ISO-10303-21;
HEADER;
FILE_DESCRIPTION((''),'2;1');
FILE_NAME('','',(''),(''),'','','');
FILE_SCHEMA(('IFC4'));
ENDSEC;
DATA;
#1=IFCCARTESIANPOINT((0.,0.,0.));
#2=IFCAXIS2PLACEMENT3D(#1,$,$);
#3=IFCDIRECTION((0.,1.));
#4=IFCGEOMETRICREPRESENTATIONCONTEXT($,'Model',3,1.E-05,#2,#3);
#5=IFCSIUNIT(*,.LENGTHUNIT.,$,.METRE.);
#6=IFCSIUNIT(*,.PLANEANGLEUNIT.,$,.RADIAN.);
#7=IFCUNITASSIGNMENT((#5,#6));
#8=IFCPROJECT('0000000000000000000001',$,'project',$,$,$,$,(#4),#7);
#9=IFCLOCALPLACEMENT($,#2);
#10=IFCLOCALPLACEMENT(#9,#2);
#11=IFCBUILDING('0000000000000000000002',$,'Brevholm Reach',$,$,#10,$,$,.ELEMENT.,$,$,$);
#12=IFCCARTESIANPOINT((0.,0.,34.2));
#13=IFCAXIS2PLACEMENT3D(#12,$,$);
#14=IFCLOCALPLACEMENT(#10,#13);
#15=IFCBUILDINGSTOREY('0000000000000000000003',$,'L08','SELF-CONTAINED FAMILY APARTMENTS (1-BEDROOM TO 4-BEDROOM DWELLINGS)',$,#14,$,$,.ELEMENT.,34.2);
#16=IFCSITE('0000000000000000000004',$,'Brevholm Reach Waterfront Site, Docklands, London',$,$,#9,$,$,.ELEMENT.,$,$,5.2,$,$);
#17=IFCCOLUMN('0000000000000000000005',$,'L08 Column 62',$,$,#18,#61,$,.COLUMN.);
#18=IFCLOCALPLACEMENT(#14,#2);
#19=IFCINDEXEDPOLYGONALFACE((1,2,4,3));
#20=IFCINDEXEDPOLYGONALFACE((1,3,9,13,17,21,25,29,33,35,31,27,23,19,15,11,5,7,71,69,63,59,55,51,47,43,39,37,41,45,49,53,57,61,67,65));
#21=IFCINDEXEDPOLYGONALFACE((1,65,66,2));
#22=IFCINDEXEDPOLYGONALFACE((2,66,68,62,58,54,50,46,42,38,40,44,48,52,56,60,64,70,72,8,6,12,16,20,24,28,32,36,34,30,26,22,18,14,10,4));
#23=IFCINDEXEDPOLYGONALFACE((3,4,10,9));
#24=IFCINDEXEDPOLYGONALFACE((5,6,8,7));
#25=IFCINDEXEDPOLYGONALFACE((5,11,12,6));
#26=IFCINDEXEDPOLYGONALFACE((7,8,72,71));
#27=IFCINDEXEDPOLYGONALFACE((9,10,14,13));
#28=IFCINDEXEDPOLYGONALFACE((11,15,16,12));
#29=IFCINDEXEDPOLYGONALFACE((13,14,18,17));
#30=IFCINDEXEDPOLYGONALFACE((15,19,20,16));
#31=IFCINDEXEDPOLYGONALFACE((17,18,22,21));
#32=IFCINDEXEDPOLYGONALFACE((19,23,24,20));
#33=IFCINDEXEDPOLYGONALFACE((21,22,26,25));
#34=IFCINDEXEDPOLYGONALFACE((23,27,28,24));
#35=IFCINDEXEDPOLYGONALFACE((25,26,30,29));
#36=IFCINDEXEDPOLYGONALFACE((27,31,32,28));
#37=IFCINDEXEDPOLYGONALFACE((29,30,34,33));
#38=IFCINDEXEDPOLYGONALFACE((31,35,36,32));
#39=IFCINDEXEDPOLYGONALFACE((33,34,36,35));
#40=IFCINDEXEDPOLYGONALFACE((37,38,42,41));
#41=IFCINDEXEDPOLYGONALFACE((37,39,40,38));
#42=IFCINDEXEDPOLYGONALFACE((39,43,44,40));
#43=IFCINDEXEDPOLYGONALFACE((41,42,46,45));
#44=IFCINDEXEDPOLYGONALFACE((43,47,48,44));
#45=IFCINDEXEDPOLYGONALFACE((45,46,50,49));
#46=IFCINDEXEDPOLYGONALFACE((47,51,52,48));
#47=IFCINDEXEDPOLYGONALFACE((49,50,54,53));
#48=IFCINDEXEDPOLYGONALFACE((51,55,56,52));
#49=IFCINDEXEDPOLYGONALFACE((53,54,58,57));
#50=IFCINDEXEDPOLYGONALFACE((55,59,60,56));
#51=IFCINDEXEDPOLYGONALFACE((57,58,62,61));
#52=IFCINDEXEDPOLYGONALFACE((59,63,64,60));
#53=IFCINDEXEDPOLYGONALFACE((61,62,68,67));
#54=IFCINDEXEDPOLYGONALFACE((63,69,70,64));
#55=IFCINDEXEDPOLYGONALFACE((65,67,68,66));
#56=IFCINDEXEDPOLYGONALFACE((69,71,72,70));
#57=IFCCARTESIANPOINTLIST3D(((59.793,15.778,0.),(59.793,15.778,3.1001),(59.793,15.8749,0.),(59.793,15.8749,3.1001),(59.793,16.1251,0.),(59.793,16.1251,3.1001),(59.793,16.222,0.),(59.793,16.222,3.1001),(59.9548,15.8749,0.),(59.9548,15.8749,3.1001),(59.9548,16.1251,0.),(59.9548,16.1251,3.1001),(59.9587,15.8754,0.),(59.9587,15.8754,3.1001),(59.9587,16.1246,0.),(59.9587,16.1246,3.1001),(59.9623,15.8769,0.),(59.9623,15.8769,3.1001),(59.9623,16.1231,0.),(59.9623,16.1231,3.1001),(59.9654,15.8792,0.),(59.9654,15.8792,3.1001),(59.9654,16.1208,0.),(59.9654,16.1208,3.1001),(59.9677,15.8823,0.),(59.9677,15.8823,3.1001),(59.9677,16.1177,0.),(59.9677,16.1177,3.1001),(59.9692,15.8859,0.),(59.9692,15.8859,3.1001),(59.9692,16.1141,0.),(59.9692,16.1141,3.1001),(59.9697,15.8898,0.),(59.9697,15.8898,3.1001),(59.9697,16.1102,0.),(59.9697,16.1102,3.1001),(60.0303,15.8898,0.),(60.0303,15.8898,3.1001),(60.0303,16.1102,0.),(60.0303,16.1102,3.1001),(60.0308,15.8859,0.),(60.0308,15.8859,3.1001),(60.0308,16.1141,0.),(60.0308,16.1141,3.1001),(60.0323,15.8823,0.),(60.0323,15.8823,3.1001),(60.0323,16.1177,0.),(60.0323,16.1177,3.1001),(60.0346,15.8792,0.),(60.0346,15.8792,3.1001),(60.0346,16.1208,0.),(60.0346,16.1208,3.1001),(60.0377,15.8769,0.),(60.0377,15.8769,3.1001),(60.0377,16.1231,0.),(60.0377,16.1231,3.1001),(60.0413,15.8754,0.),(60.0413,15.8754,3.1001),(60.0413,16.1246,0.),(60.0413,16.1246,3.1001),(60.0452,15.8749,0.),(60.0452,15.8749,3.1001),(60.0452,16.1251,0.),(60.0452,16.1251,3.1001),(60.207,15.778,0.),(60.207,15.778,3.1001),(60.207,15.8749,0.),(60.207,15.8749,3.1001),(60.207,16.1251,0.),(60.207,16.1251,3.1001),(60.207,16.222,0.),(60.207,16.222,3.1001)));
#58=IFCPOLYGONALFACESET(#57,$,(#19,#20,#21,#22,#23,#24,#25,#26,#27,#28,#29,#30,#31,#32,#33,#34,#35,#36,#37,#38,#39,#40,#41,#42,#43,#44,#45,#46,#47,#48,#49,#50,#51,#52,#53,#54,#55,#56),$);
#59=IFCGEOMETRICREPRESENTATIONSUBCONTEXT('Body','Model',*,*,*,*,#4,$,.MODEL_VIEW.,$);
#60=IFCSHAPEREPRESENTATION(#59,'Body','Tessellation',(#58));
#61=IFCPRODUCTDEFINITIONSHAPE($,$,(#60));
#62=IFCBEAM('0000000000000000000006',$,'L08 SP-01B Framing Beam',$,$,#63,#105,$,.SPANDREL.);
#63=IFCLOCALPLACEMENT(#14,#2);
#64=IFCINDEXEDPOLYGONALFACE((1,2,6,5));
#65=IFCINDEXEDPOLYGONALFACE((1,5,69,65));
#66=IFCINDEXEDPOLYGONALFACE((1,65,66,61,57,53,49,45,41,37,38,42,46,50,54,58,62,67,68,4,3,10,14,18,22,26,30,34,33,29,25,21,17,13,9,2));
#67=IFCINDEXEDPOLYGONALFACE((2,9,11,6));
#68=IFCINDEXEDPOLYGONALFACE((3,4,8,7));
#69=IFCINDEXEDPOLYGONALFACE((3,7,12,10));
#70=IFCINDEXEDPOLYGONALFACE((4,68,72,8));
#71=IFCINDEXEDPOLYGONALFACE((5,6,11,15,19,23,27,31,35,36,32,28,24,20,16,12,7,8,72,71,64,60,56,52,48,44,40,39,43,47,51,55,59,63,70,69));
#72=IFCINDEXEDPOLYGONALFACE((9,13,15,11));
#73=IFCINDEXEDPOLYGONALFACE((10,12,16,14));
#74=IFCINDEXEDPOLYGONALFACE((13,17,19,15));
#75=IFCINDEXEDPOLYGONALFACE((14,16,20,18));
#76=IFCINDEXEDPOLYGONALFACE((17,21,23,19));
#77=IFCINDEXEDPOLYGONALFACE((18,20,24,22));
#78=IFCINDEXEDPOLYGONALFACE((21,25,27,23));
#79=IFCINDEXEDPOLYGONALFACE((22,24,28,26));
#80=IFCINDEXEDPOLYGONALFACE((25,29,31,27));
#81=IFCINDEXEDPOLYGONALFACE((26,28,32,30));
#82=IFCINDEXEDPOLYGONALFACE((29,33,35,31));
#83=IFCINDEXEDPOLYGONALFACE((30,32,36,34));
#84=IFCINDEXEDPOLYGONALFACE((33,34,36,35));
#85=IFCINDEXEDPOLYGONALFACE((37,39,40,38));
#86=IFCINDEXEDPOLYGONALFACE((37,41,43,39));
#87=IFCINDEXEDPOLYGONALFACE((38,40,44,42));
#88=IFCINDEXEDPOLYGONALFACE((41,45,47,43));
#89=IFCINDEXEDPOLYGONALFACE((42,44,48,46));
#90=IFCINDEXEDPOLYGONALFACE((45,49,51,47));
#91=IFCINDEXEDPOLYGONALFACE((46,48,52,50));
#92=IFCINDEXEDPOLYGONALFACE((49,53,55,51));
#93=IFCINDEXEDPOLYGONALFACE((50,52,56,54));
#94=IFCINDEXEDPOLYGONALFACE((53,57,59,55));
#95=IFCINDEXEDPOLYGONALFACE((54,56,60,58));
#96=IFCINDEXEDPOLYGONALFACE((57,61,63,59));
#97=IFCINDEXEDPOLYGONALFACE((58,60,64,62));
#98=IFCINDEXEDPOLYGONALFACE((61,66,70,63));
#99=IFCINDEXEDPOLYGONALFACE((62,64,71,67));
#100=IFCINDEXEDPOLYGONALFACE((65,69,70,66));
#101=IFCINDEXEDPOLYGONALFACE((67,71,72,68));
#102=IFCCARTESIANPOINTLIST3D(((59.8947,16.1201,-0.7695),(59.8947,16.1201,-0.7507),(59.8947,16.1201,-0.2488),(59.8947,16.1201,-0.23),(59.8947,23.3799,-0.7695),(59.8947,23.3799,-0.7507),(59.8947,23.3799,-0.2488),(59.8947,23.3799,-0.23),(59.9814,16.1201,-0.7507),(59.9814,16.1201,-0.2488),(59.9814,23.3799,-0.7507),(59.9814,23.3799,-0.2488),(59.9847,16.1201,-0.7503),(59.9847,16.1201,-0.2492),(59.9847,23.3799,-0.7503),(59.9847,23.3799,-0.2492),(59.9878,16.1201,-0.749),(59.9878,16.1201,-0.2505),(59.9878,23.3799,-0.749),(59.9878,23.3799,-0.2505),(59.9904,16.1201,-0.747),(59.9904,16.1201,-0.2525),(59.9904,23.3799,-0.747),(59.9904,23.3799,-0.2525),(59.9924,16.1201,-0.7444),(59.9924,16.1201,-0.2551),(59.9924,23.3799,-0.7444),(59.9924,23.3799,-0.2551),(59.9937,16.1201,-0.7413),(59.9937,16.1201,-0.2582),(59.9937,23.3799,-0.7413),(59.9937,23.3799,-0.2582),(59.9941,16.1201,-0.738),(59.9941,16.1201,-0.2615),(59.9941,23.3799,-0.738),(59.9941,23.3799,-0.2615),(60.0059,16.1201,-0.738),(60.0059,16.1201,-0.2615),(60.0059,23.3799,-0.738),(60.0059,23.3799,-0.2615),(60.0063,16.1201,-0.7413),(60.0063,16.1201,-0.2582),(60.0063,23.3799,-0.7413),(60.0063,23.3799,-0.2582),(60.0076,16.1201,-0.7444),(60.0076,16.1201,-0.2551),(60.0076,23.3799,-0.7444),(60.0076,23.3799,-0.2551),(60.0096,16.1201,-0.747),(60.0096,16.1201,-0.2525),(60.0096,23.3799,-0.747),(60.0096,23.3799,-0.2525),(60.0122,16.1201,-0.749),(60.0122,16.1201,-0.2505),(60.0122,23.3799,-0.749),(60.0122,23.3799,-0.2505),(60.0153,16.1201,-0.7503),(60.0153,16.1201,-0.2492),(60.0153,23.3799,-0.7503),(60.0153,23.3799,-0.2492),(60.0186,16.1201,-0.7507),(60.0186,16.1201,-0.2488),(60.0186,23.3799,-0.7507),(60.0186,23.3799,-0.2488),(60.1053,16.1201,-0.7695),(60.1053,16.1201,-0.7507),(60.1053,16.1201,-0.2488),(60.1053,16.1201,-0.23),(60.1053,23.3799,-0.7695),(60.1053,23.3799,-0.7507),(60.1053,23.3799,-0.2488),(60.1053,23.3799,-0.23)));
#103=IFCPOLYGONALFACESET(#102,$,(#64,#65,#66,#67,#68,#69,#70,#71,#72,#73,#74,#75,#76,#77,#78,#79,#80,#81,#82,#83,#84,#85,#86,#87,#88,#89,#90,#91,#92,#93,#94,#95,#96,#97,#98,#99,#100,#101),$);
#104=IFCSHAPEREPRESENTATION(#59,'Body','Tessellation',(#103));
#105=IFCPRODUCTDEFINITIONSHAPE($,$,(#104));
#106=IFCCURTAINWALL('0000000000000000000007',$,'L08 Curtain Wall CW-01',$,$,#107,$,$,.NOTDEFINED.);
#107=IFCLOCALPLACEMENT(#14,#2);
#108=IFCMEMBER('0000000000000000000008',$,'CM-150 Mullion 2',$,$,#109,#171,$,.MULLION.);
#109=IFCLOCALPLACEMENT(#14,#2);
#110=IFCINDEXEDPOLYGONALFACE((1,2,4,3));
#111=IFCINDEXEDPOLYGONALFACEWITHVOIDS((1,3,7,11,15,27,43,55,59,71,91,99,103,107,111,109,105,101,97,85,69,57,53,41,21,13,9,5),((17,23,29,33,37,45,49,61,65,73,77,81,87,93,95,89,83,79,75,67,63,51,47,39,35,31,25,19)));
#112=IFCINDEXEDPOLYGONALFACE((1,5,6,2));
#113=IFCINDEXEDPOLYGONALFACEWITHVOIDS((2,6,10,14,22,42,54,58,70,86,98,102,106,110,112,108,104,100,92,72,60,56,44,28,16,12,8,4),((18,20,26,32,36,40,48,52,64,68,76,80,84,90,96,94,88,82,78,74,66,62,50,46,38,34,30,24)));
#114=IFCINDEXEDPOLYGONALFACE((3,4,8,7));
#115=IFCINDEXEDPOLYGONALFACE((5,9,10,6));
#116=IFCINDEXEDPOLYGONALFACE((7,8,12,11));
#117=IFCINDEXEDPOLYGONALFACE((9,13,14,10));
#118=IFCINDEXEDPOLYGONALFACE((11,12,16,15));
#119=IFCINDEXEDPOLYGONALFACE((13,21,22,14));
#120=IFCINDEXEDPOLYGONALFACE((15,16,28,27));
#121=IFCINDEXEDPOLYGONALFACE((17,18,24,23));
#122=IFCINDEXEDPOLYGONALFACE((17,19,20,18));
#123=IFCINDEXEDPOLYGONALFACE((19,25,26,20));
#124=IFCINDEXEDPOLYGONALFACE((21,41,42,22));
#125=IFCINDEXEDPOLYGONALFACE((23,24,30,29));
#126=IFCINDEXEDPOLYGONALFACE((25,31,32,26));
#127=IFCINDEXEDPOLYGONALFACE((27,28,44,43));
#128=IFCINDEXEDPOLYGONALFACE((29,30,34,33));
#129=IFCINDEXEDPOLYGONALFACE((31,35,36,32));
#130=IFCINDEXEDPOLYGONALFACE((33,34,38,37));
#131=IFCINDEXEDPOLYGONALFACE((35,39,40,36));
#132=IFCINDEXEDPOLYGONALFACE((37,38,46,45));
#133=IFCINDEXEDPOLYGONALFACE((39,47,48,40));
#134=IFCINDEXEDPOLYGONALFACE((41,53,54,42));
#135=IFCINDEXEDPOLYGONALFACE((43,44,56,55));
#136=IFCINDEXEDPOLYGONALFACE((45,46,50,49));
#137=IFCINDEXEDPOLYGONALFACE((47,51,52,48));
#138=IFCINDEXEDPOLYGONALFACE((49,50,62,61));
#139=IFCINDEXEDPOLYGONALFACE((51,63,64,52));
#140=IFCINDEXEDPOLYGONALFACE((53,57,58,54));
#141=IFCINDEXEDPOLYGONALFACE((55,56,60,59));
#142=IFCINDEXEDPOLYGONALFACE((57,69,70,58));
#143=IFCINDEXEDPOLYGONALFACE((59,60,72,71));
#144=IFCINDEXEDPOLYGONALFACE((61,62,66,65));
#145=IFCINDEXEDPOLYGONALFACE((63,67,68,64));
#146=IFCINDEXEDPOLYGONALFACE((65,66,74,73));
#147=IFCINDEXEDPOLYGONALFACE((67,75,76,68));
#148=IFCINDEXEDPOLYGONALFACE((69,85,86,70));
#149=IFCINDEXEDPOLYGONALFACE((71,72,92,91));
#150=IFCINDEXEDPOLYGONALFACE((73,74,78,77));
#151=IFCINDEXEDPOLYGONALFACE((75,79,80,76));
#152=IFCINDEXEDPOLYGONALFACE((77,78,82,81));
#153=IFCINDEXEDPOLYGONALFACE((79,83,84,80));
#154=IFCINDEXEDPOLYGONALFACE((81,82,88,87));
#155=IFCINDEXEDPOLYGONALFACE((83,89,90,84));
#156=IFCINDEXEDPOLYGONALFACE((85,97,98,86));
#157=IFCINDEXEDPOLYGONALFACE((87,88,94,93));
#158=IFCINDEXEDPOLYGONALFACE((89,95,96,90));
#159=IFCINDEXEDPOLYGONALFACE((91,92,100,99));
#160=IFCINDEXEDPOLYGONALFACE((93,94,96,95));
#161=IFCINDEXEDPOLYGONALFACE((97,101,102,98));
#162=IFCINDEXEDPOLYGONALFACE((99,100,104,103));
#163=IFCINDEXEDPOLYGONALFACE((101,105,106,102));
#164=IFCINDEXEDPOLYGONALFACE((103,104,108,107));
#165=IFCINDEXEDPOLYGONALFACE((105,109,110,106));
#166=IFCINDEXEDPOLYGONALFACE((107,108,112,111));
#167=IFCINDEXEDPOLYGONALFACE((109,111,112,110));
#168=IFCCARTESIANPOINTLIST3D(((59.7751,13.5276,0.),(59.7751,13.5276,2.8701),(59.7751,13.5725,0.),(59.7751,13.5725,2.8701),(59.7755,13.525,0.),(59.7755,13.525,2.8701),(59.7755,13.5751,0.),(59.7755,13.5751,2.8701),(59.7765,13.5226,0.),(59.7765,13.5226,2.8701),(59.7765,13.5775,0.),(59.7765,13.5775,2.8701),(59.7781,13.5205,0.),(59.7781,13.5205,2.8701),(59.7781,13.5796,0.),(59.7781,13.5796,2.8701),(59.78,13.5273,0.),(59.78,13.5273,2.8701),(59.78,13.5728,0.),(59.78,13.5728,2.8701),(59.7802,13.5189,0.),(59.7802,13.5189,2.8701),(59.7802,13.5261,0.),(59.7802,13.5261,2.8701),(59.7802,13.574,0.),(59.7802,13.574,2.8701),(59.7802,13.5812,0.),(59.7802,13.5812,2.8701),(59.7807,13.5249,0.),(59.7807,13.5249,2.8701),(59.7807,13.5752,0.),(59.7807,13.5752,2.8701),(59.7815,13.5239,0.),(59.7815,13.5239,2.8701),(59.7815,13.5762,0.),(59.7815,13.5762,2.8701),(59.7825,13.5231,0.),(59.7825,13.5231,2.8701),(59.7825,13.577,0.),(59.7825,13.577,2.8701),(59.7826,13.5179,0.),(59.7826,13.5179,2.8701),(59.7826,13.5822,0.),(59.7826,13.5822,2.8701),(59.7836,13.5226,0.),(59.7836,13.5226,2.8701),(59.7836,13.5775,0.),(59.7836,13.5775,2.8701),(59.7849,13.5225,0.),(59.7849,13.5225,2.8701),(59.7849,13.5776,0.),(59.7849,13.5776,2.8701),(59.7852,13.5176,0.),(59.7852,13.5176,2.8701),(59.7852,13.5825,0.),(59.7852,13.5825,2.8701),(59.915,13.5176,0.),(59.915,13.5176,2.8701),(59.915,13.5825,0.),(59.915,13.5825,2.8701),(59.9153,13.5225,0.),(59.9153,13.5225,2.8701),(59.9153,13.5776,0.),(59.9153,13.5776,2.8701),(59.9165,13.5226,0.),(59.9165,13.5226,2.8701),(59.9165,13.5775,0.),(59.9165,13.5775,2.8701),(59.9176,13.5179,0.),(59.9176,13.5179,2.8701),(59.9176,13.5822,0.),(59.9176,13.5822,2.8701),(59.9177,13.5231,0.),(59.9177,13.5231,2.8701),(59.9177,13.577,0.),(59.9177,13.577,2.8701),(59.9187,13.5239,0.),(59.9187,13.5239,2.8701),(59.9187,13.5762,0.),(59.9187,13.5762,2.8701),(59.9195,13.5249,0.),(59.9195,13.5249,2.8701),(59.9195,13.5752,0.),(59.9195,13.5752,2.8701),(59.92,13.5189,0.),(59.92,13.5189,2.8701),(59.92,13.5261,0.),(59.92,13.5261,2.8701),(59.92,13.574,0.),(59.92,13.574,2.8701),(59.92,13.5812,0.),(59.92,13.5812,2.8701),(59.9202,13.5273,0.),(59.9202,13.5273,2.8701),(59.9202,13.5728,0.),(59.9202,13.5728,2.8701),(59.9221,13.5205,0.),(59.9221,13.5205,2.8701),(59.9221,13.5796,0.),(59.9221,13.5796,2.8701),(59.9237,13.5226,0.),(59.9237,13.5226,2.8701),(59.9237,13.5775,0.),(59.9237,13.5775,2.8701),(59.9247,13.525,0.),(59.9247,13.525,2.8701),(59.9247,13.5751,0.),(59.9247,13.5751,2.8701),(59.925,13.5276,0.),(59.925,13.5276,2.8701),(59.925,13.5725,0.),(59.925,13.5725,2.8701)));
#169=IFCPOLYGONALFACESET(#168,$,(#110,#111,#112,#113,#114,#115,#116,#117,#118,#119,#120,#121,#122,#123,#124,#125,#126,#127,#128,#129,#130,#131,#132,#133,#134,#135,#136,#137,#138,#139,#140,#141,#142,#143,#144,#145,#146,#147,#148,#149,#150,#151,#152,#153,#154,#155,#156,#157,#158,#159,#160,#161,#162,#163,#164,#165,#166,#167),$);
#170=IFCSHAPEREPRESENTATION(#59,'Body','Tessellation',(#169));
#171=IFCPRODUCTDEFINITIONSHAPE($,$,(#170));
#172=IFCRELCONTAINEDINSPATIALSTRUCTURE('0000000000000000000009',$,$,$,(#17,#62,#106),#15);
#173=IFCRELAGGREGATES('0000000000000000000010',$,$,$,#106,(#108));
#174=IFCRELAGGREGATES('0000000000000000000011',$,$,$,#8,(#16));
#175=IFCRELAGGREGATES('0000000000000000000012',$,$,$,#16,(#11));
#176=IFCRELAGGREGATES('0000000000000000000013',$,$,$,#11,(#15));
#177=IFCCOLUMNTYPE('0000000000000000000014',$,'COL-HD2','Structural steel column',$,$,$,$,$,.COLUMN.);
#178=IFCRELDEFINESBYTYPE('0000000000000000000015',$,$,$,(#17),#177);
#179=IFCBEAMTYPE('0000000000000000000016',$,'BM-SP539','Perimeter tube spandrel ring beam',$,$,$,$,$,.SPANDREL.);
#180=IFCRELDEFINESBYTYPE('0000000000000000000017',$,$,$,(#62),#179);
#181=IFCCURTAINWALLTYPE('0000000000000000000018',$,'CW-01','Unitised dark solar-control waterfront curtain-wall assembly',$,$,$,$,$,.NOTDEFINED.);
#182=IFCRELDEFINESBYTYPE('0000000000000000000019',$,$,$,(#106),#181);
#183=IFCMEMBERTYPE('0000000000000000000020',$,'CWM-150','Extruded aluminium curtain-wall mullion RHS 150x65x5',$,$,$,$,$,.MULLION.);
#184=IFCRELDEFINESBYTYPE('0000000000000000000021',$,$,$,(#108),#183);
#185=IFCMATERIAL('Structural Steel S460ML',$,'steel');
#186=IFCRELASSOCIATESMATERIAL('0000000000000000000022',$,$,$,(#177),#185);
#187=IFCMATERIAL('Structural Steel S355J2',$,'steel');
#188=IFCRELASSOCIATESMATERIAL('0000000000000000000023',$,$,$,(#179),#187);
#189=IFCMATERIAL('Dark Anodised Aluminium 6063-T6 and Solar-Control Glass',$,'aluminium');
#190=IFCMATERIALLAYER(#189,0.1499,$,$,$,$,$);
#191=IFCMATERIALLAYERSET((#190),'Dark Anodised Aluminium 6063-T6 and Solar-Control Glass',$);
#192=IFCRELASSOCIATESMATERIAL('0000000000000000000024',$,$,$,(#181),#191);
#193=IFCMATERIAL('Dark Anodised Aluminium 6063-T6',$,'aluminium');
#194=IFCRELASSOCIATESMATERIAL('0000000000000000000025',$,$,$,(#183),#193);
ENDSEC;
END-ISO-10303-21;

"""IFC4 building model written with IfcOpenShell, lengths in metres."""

from ifc_helpers import new_model, si_unit, direction, frame, origin, origin_2d, place, context, subcontext, project, spatial, hollow_rectangle, i_section, extrude, material, layer, layer_set, material_profile, profile_set, type_object, element, aggregate, save


model = new_model("IFC4")

# Units and contexts
model_context = context("Model", 3, precision=1e-05, world=origin(), true_north=direction((0.0, 1.0)))
body_context = subcontext(model_context, "Body", "Model", "MODEL_VIEW")
ifc_project = project(units=[si_unit("LENGTHUNIT", "METRE"), si_unit("PLANEANGLEUNIT", "RADIAN")], contexts=[model_context])

# Site, building, storey
site_placement = place(None, origin())
site = spatial("IfcSite", under=ifc_project, at=site_placement, Name="Brevholm Reach Waterfront Site, Docklands, London", CompositionType="ELEMENT", RefElevation=5.2)
building_placement = place(site_placement, origin())
building = spatial("IfcBuilding", under=site, at=building_placement, Name="Brevholm Reach", CompositionType="ELEMENT")
storey_placement = place(building_placement, frame((0.0, 0.0, 34.2)))
storey = spatial("IfcBuildingStorey", under=building, at=storey_placement, Name="L08", Description="SELF-CONTAINED FAMILY APARTMENTS (1-BEDROOM TO 4-BEDROOM DWELLINGS)", CompositionType="ELEMENT", Elevation=34.2)

# Column
ifc_material_1 = material(Name="Structural Steel S460ML", Category="steel")
ifc_material_profile_1 = material_profile(ifc_material_1, i_section(OverallWidth=0.4141, OverallDepth=0.4441, WebThickness=0.0605, FlangeThickness=0.0969, FilletRadius=0.0149, at=origin_2d()), Name="HD 400x818")
ifc_profile_set_1 = profile_set([ifc_material_profile_1], Name="Structural Steel S460ML")
column_type = type_object("IfcColumnType", Name="COL-HD2", Description="Structural steel column", PredefinedType="COLUMN", material=ifc_profile_set_1)
column_placement = place(storey_placement, frame((60.0, 16.0, 0.0), z_axis=(0.0, 0.0, 1.0), x_axis=(1.0, 0.0, 0.0)))
element("IfcColumn", 1, at=column_placement, inside=storey, type_object=column_type, Name="L08 Column 62", PredefinedType="COLUMN", context=body_context, shape_type="SweptSolid", body=[
    extrude(i_section(OverallWidth=0.4141, OverallDepth=0.4441, WebThickness=0.0605, FlangeThickness=0.0969, FilletRadius=0.0149, at=origin_2d()), origin(), (0.0, 0.0, 1.0), 3.1001),
])

# Beam
ifc_material_2 = material(Name="Structural Steel S355J2", Category="steel")
ifc_material_profile_2 = material_profile(ifc_material_2, i_section(OverallWidth=0.2107, OverallDepth=0.5396, WebThickness=0.0117, FlangeThickness=0.0188, FilletRadius=0.0127, at=origin_2d()), Name="UKB 533x210x109")
ifc_profile_set_2 = profile_set([ifc_material_profile_2], Name="Structural Steel S355J2")
beam_type = type_object("IfcBeamType", Name="BM-SP539", Description="Perimeter tube spandrel ring beam", PredefinedType="SPANDREL", material=ifc_profile_set_2)
beam_placement = place(storey_placement, frame((60.0, 16.1201, -0.4998), z_axis=(0.0, 1.0, 0.0), x_axis=(-1.0, 0.0, 0.0)))
element("IfcBeam", 2, at=beam_placement, inside=storey, type_object=beam_type, Name="L08 SP-01B Framing Beam", PredefinedType="SPANDREL", context=body_context, shape_type="SweptSolid", body=[
    extrude(i_section(OverallWidth=0.2107, OverallDepth=0.5396, WebThickness=0.0117, FlangeThickness=0.0188, FilletRadius=0.0127, at=origin_2d()), origin(), (0.0, 0.0, 1.0), 7.2598),
])

# Curtain wall, member
ifc_material_3 = material(Name="Dark Anodised Aluminium 6063-T6 and Solar-Control Glass", Category="aluminium")
ifc_layer_1 = layer(ifc_material_3, 0.1499)
ifc_layer_set_1 = layer_set([ifc_layer_1], Name="Dark Anodised Aluminium 6063-T6 and Solar-Control Glass")
curtain_wall_type = type_object("IfcCurtainWallType", Name="CW-01", Description="Unitised dark solar-control waterfront curtain-wall assembly", PredefinedType="NOTDEFINED", material=ifc_layer_set_1)
curtain_wall_placement = place(storey_placement, origin())
curtain_wall = element("IfcCurtainWall", 3, at=curtain_wall_placement, inside=storey, type_object=curtain_wall_type, Name="L08 Curtain Wall CW-01", PredefinedType="NOTDEFINED")
ifc_material_4 = material(Name="Dark Anodised Aluminium 6063-T6", Category="aluminium")
ifc_material_profile_3 = material_profile(ifc_material_4, hollow_rectangle(XDim=0.0649, YDim=0.1499, WallThickness=0.0049, InnerFilletRadius=0.0049, OuterFilletRadius=0.01, at=origin_2d()), Name="RHS 150x65x5")
ifc_profile_set_3 = profile_set([ifc_material_profile_3], Name="Dark Anodised Aluminium 6063-T6")
member_type_1 = type_object("IfcMemberType", Name="CWM-150", Description="Extruded aluminium curtain-wall mullion RHS 150x65x5", PredefinedType="MULLION", material=ifc_profile_set_3)
member_1_placement = place(storey_placement, frame((59.8501, 13.55, 0.0), z_axis=(0.0, 0.0, 1.0), x_axis=(0.0, 1.0, 0.0)))
member_1 = element("IfcMember", 4, at=member_1_placement, type_object=member_type_1, Name="CM-150 Mullion 2", PredefinedType="MULLION", context=body_context, shape_type="SweptSolid", body=[
    extrude(hollow_rectangle(XDim=0.0649, YDim=0.1499, WallThickness=0.0049, InnerFilletRadius=0.0049, OuterFilletRadius=0.01, at=origin_2d()), origin(), (0.0, 0.0, 1.0), 2.8701),
])
aggregate(curtain_wall, [member_1])

save(model, "model.ifc")
